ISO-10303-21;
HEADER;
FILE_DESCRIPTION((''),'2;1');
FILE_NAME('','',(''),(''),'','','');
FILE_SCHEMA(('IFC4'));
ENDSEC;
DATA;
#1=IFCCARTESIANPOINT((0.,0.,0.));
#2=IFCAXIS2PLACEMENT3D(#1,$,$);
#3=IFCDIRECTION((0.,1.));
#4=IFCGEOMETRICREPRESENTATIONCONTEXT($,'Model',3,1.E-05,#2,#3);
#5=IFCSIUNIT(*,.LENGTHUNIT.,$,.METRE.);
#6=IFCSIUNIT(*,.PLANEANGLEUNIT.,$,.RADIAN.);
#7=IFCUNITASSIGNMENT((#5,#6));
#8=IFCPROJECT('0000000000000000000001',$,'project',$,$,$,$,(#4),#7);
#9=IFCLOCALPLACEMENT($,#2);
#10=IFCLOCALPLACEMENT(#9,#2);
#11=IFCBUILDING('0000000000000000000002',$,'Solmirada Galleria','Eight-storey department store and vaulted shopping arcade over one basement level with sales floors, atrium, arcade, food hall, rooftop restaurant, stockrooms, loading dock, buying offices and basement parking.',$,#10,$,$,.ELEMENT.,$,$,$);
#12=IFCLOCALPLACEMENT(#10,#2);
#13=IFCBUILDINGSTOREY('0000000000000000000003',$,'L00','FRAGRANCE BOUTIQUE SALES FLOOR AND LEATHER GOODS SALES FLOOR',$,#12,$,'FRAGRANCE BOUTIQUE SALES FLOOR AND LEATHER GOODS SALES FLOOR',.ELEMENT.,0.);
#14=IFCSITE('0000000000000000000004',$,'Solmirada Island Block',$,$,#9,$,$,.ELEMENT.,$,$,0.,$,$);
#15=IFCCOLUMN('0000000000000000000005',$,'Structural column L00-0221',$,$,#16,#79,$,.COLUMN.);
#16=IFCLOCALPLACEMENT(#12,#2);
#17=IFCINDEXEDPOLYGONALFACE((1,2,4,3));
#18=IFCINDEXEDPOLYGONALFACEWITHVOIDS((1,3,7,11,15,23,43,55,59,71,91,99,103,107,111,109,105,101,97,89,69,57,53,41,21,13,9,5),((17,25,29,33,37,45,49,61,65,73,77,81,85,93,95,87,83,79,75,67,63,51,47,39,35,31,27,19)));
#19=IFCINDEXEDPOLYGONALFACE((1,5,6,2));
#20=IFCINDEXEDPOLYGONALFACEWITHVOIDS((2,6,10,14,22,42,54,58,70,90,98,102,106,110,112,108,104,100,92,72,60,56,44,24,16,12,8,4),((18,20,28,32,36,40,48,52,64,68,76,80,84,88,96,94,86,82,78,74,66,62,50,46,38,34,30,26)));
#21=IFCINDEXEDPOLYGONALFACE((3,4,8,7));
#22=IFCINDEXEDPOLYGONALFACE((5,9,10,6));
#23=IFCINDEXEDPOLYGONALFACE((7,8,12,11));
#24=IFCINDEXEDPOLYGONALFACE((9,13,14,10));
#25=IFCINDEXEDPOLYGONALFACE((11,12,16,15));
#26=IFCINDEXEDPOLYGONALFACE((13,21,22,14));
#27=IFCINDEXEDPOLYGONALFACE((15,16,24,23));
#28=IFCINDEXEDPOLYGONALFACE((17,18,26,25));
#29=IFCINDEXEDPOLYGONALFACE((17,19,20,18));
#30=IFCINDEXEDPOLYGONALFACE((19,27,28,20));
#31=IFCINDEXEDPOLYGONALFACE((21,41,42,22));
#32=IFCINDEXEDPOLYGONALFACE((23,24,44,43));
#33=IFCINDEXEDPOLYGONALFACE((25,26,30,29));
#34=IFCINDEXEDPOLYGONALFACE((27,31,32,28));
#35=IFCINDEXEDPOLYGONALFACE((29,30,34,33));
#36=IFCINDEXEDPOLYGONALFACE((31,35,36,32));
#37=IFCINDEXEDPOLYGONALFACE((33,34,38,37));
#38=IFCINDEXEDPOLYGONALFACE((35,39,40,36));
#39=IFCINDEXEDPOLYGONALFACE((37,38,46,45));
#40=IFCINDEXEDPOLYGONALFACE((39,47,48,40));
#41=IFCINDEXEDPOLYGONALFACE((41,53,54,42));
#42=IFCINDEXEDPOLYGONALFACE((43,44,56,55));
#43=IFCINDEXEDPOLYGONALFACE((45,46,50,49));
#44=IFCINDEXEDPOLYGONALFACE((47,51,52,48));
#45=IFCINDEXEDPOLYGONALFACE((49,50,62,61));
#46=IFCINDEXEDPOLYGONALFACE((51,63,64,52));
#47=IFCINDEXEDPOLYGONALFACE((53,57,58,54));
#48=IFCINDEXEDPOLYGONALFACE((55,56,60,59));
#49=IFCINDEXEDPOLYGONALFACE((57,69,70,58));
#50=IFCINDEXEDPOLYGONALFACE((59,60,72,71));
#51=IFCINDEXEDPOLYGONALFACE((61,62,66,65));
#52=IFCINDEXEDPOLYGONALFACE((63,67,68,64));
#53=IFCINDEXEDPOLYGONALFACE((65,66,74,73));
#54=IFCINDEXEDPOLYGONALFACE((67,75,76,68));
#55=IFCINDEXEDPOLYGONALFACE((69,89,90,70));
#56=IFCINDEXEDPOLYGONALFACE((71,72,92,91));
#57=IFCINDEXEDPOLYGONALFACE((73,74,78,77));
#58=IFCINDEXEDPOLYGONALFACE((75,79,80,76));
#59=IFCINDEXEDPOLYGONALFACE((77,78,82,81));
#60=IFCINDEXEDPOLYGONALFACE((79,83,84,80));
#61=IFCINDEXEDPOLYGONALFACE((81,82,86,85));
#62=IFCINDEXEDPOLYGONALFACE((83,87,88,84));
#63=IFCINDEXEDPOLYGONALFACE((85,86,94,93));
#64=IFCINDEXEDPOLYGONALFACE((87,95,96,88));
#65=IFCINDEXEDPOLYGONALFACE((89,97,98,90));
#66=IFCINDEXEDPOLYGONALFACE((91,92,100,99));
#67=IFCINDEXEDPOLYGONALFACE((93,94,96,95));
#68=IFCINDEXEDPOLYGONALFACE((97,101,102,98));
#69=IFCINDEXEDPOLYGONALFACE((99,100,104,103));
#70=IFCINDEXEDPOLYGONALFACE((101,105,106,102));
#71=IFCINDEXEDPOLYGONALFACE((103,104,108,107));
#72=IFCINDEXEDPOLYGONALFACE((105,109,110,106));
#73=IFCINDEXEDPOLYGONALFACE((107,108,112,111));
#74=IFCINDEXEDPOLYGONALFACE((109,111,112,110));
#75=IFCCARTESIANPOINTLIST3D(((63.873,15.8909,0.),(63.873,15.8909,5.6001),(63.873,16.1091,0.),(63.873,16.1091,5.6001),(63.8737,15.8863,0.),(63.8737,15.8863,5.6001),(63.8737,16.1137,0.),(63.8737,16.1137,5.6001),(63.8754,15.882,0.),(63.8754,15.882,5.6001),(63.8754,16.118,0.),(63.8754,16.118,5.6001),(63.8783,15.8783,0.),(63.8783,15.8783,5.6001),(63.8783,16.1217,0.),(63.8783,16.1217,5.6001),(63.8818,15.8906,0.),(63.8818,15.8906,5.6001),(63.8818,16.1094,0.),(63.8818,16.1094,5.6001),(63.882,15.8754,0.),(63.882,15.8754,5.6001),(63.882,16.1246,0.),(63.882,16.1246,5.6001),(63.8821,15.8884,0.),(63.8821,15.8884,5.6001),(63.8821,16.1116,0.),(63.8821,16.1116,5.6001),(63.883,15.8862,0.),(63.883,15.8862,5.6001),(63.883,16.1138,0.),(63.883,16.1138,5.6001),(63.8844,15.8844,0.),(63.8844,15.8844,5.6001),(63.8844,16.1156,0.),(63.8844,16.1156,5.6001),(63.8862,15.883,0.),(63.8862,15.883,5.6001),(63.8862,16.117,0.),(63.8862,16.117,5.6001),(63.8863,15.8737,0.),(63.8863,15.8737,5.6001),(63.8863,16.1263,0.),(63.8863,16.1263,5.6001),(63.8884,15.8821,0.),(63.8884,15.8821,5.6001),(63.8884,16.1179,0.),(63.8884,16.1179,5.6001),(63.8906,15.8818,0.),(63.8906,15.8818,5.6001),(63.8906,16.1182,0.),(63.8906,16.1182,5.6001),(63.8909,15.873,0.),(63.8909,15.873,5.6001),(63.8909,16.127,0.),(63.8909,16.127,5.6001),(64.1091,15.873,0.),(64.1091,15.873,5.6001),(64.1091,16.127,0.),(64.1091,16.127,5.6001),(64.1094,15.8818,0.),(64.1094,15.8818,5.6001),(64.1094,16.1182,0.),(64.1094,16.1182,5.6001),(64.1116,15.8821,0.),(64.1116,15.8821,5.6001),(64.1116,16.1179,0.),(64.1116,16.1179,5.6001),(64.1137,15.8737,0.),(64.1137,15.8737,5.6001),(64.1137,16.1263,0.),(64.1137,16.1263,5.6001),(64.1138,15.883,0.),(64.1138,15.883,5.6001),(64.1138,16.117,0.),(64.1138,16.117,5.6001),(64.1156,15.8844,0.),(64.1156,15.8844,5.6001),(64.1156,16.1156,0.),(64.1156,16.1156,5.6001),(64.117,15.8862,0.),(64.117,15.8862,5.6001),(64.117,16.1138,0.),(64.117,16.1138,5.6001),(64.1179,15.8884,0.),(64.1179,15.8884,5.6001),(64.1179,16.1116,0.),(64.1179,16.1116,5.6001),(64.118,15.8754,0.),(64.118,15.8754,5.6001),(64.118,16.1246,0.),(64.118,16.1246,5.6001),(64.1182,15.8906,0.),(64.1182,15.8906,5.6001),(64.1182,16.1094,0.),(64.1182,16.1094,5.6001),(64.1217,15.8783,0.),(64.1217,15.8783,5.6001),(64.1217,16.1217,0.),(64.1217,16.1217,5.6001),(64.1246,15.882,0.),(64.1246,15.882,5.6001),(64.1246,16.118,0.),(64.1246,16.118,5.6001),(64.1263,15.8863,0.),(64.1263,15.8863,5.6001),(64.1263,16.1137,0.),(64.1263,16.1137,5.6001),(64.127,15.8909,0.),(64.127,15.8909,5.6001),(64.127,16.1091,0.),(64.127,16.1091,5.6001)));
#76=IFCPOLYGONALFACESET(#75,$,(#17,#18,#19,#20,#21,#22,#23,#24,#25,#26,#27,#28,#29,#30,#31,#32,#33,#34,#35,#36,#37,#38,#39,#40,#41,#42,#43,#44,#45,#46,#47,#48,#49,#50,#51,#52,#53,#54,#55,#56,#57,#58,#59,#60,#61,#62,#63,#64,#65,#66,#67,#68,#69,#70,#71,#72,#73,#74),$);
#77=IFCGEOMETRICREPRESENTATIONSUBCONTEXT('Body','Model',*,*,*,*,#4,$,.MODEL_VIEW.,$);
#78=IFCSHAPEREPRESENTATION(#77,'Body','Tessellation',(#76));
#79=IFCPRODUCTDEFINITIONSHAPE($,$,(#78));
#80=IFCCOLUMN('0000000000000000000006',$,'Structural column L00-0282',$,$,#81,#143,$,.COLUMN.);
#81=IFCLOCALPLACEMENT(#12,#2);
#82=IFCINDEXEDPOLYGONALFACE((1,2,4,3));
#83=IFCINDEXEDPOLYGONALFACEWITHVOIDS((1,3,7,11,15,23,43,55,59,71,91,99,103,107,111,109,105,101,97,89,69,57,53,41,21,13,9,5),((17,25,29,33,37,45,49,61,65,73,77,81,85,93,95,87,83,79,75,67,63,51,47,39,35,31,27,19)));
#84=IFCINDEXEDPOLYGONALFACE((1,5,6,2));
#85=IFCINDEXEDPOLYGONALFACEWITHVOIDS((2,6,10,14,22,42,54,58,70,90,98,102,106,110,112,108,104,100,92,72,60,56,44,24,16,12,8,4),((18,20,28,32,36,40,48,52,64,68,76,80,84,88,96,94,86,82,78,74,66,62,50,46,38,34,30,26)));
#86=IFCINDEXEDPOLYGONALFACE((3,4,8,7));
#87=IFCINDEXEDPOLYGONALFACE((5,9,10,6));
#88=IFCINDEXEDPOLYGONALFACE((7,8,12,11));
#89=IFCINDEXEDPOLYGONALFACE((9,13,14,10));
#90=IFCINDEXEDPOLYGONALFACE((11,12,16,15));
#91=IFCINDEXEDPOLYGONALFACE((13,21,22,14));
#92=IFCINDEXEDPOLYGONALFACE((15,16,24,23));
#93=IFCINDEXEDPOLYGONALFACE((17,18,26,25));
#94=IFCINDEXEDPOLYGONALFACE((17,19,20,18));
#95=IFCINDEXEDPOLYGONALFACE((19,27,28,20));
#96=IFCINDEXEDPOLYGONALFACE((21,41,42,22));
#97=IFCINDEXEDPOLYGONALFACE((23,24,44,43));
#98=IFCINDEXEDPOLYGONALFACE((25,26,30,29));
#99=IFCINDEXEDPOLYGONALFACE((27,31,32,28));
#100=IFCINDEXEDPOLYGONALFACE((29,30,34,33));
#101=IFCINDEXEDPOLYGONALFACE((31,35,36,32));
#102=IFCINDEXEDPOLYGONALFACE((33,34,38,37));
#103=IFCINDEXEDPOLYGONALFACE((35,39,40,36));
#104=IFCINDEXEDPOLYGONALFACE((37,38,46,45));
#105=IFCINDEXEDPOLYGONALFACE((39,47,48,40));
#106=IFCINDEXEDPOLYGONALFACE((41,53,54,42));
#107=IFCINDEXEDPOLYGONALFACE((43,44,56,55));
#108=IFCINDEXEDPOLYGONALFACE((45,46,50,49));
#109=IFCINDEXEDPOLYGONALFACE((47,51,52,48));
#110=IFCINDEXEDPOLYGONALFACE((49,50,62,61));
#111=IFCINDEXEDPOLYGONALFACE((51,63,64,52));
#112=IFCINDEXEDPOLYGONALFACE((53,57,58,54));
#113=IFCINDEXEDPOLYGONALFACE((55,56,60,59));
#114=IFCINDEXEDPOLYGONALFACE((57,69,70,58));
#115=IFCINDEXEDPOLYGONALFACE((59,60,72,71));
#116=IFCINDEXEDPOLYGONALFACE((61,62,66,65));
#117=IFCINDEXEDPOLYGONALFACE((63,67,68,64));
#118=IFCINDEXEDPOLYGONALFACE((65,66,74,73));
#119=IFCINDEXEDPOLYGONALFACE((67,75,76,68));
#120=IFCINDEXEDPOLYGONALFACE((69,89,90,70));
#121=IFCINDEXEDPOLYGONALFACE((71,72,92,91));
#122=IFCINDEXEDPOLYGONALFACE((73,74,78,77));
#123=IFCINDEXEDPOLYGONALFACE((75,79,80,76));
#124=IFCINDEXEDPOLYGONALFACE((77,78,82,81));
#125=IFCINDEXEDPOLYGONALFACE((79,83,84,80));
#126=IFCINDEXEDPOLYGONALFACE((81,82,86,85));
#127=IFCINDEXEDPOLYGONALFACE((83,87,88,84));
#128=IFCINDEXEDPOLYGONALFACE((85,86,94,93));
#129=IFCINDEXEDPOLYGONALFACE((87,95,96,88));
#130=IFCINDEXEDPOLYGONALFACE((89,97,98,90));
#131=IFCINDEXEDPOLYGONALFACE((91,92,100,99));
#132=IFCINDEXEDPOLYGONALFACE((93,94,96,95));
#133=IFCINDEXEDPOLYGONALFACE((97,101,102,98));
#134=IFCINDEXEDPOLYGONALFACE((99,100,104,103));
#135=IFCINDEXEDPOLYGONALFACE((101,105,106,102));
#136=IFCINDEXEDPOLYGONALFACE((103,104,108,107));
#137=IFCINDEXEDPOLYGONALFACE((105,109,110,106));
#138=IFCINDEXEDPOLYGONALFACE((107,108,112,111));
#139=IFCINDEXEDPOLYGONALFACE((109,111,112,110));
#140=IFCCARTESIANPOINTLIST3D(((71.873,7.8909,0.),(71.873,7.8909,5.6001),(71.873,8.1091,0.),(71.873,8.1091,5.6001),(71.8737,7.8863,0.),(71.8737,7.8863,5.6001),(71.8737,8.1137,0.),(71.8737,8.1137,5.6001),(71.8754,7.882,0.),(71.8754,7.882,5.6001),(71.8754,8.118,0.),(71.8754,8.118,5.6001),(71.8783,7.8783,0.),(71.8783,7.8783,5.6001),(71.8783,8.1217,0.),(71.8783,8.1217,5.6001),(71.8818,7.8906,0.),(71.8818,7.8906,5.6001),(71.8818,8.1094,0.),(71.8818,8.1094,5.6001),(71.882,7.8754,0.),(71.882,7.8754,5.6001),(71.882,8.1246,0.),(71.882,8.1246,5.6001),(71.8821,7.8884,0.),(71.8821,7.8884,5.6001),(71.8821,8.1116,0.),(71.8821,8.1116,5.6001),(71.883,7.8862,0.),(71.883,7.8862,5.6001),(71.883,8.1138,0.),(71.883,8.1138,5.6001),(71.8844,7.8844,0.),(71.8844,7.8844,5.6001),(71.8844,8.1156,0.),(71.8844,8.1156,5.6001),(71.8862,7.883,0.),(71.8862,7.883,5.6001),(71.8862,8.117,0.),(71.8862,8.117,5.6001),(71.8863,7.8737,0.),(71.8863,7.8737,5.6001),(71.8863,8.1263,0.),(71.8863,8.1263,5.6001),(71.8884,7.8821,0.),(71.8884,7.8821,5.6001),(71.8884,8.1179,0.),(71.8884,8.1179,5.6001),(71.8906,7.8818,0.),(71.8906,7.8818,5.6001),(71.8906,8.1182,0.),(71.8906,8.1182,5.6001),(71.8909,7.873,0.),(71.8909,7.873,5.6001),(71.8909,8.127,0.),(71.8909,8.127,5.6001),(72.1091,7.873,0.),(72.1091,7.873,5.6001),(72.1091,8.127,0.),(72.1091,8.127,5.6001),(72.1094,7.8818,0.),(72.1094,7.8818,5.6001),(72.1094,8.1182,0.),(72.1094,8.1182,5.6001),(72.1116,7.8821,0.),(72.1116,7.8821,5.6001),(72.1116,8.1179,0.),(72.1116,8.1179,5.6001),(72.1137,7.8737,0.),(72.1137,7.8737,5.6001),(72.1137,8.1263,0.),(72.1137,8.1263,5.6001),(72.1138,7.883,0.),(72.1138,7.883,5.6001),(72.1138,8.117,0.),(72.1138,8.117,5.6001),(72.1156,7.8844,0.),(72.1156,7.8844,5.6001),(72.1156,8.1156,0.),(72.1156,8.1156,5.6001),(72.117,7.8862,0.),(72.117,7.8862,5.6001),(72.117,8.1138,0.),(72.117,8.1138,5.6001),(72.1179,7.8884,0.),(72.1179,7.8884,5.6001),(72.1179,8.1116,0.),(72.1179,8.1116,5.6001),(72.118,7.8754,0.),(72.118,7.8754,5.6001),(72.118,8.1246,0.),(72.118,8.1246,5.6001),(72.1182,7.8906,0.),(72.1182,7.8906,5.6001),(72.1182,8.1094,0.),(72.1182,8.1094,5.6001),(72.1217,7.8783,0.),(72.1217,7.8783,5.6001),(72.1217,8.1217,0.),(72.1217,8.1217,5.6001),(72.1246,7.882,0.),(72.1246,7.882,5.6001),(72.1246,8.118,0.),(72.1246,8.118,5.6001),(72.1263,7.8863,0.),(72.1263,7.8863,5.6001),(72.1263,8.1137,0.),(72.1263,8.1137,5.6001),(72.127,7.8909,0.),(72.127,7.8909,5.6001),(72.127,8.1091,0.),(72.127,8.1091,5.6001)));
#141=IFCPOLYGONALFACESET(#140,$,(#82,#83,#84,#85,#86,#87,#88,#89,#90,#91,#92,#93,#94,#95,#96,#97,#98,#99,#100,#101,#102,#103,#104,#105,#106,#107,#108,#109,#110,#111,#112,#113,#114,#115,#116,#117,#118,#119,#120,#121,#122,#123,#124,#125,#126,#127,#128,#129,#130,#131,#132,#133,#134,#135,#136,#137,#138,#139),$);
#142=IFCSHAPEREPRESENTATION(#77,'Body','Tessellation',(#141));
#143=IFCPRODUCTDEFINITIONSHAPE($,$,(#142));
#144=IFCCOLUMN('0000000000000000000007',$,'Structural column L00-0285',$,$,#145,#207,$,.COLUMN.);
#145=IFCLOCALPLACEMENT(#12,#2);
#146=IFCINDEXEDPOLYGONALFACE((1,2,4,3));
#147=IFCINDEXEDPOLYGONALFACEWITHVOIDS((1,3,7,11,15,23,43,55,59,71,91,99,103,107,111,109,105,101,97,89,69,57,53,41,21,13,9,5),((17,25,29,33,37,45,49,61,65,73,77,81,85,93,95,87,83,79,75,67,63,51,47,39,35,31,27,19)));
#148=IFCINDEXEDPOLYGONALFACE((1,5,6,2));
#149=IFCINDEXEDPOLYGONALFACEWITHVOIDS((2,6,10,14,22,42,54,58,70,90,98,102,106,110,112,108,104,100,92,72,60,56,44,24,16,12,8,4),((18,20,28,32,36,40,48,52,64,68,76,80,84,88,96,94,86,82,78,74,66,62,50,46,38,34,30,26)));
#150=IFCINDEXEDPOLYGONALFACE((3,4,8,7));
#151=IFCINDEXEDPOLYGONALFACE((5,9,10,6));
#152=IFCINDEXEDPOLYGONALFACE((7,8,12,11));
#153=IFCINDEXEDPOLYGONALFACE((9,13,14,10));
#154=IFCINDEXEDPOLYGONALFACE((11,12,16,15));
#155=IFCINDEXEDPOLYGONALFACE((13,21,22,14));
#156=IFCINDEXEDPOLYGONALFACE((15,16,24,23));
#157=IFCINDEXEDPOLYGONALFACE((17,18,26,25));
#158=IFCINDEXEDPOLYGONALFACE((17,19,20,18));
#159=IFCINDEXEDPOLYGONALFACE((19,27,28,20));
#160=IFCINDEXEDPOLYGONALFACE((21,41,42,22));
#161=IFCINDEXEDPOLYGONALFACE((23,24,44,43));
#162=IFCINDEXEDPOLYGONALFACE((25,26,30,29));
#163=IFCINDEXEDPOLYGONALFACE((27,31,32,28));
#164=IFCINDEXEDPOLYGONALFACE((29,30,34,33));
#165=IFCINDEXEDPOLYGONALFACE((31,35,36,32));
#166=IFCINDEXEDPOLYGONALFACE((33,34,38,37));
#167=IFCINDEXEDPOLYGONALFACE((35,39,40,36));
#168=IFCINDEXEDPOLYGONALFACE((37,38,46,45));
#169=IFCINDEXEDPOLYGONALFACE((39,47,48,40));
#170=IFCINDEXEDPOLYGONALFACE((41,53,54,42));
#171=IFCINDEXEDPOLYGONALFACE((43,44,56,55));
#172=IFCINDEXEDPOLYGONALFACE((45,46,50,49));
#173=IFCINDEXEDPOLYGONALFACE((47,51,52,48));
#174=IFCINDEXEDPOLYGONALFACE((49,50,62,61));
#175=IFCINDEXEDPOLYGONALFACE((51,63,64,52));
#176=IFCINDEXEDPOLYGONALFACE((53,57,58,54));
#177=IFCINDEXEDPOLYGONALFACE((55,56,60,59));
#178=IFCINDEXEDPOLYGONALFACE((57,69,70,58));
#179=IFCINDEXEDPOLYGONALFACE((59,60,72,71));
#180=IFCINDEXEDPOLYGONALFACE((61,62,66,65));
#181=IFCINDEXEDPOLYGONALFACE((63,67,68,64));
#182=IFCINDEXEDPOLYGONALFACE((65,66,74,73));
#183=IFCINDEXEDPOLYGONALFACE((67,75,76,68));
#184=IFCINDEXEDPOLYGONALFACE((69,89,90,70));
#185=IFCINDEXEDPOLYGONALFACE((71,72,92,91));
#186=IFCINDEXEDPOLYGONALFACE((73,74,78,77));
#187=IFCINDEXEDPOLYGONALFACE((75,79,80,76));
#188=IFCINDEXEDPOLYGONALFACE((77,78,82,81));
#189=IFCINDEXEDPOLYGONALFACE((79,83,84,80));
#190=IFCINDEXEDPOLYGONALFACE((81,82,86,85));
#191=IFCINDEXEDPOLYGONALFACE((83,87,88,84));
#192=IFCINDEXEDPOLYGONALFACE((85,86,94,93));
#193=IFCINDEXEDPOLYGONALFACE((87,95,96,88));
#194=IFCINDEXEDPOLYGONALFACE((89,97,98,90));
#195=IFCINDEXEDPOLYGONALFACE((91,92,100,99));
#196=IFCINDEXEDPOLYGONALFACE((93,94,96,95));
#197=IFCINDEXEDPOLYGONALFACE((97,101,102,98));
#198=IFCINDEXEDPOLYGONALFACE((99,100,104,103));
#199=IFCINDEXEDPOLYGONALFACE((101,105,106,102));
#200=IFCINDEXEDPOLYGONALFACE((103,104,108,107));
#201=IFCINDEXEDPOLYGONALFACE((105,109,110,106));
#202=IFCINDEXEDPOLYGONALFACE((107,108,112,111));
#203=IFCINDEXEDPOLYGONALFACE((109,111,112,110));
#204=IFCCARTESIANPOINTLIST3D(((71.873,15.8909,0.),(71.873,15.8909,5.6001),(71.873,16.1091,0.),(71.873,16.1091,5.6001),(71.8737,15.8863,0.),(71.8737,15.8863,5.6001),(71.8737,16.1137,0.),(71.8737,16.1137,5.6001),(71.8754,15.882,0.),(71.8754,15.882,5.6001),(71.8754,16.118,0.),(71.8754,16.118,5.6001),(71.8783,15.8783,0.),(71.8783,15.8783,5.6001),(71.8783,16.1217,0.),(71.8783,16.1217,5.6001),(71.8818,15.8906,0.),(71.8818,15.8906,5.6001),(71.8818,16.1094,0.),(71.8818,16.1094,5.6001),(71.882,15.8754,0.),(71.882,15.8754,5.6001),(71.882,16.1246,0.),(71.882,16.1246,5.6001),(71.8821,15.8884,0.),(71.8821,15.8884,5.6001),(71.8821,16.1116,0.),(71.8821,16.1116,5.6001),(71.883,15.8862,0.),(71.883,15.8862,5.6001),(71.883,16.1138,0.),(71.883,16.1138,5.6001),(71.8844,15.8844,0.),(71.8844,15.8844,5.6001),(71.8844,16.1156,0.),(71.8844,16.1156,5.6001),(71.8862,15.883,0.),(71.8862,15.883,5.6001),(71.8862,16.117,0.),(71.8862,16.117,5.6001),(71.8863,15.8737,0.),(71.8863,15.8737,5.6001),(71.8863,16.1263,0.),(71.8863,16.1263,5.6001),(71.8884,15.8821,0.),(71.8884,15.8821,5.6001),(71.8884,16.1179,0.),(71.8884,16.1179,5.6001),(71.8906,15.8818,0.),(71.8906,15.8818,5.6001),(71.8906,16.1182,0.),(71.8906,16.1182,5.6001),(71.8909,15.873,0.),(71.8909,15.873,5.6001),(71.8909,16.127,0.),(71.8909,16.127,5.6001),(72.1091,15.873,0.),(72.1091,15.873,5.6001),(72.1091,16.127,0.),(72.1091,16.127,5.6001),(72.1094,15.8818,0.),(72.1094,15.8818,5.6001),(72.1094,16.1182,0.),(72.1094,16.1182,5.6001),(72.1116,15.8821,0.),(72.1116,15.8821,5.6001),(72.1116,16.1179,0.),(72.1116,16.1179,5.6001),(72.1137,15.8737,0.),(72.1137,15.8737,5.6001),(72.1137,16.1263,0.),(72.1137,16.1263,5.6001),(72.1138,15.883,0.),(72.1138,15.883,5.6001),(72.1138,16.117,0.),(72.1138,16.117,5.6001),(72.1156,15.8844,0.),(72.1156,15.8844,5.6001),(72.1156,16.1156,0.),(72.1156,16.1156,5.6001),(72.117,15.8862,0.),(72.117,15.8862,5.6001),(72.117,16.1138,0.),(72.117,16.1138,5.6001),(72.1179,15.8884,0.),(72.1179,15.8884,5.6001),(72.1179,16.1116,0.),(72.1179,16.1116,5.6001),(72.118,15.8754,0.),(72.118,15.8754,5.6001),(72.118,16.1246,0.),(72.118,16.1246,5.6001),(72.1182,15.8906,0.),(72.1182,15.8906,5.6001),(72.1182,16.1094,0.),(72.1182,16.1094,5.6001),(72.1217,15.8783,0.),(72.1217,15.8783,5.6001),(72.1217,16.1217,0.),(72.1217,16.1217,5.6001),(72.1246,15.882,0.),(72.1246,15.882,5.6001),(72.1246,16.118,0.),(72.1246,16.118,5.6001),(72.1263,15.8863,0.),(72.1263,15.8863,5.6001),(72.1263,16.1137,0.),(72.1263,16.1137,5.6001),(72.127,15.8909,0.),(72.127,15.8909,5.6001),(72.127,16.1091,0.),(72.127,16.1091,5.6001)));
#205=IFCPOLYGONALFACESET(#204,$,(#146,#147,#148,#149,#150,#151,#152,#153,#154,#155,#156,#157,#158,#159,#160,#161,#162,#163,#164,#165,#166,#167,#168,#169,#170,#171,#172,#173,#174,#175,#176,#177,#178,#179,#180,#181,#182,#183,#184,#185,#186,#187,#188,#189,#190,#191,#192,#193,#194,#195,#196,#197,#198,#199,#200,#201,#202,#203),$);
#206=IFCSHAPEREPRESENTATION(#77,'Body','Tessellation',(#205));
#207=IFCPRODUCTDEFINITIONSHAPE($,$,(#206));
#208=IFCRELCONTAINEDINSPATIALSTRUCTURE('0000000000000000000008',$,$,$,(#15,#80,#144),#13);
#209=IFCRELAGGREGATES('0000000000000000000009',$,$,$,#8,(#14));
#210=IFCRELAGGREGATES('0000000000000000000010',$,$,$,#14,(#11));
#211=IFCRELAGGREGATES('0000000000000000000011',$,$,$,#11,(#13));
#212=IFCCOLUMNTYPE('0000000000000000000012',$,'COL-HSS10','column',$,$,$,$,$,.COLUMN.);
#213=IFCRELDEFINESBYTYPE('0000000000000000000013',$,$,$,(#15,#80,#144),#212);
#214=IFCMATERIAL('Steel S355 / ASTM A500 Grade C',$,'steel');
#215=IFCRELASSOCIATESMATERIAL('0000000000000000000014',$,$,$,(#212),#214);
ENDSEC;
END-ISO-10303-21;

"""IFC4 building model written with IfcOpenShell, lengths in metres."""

from ifc_helpers import new_model, si_unit, direction, frame, origin, origin_2d, place, context, subcontext, project, spatial, hollow_rectangle, extrude, material, material_profile, profile_set, type_object, element, save


model = new_model("IFC4")

# Units and contexts
model_context = context("Model", 3, precision=1e-05, world=origin(), true_north=direction((0.0, 1.0)))
body_context = subcontext(model_context, "Body", "Model", "MODEL_VIEW")
ifc_project = project(units=[si_unit("LENGTHUNIT", "METRE"), si_unit("PLANEANGLEUNIT", "RADIAN")], contexts=[model_context])

# Site, building, storey
site_placement = place(None, origin())
site = spatial("IfcSite", under=ifc_project, at=site_placement, Name="Solmirada Island Block", CompositionType="ELEMENT", RefElevation=0.0)
building_placement = place(site_placement, origin())
building = spatial("IfcBuilding", under=site, at=building_placement, Name="Solmirada Galleria", Description="Eight-storey department store and vaulted shopping arcade over one basement level with sales floors, atrium, arcade, food hall, rooftop restaurant, stockrooms, loading dock, buying offices and basement parking.", CompositionType="ELEMENT")
storey_placement = place(building_placement, origin())
storey = spatial("IfcBuildingStorey", under=building, at=storey_placement, Name="L00", Description="FRAGRANCE BOUTIQUE SALES FLOOR AND LEATHER GOODS SALES FLOOR", LongName="FRAGRANCE BOUTIQUE SALES FLOOR AND LEATHER GOODS SALES FLOOR", CompositionType="ELEMENT", Elevation=0.0)

# Columns
ifc_material_1 = material(Name="Steel S355 / ASTM A500 Grade C", Category="steel")
ifc_material_profile_1 = material_profile(ifc_material_1, hollow_rectangle(XDim=0.2539, YDim=0.2539, WallThickness=0.0088, InnerFilletRadius=0.0088, OuterFilletRadius=0.0178, at=origin_2d()), Name="HSS10X10X3/8")
ifc_profile_set_1 = profile_set([ifc_material_profile_1], Name="Steel S355 / ASTM A500 Grade C")
column_type_1 = type_object("IfcColumnType", Name="COL-HSS10", Description="column", PredefinedType="COLUMN", material=ifc_profile_set_1)
for number, where, z_axis, x_axis, name in (
    (1, (64.0, 16.0, 0.0), (0.0, 0.0, 1.0), (1.0, 0.0, 0.0), "Structural column L00-0221"),
    (2, (72.0, 8.0, 0.0), (0.0, 0.0, 1.0), (1.0, 0.0, 0.0), "Structural column L00-0282"),
    (3, (72.0, 16.0, 0.0), (0.0, 0.0, 1.0), (1.0, 0.0, 0.0), "Structural column L00-0285"),
):
    element("IfcColumn", number, at=place(storey_placement, frame(where, z_axis=z_axis, x_axis=x_axis)), inside=storey, type_object=column_type_1, Name=name, PredefinedType="COLUMN", context=body_context, shape_type="SweptSolid", body=[
        extrude(hollow_rectangle(XDim=0.2539, YDim=0.2539, WallThickness=0.0088, InnerFilletRadius=0.0088, OuterFilletRadius=0.0178, at=origin_2d()), origin(), (0.0, 0.0, 1.0), 5.6001),
    ])

save(model, "model.ifc")
